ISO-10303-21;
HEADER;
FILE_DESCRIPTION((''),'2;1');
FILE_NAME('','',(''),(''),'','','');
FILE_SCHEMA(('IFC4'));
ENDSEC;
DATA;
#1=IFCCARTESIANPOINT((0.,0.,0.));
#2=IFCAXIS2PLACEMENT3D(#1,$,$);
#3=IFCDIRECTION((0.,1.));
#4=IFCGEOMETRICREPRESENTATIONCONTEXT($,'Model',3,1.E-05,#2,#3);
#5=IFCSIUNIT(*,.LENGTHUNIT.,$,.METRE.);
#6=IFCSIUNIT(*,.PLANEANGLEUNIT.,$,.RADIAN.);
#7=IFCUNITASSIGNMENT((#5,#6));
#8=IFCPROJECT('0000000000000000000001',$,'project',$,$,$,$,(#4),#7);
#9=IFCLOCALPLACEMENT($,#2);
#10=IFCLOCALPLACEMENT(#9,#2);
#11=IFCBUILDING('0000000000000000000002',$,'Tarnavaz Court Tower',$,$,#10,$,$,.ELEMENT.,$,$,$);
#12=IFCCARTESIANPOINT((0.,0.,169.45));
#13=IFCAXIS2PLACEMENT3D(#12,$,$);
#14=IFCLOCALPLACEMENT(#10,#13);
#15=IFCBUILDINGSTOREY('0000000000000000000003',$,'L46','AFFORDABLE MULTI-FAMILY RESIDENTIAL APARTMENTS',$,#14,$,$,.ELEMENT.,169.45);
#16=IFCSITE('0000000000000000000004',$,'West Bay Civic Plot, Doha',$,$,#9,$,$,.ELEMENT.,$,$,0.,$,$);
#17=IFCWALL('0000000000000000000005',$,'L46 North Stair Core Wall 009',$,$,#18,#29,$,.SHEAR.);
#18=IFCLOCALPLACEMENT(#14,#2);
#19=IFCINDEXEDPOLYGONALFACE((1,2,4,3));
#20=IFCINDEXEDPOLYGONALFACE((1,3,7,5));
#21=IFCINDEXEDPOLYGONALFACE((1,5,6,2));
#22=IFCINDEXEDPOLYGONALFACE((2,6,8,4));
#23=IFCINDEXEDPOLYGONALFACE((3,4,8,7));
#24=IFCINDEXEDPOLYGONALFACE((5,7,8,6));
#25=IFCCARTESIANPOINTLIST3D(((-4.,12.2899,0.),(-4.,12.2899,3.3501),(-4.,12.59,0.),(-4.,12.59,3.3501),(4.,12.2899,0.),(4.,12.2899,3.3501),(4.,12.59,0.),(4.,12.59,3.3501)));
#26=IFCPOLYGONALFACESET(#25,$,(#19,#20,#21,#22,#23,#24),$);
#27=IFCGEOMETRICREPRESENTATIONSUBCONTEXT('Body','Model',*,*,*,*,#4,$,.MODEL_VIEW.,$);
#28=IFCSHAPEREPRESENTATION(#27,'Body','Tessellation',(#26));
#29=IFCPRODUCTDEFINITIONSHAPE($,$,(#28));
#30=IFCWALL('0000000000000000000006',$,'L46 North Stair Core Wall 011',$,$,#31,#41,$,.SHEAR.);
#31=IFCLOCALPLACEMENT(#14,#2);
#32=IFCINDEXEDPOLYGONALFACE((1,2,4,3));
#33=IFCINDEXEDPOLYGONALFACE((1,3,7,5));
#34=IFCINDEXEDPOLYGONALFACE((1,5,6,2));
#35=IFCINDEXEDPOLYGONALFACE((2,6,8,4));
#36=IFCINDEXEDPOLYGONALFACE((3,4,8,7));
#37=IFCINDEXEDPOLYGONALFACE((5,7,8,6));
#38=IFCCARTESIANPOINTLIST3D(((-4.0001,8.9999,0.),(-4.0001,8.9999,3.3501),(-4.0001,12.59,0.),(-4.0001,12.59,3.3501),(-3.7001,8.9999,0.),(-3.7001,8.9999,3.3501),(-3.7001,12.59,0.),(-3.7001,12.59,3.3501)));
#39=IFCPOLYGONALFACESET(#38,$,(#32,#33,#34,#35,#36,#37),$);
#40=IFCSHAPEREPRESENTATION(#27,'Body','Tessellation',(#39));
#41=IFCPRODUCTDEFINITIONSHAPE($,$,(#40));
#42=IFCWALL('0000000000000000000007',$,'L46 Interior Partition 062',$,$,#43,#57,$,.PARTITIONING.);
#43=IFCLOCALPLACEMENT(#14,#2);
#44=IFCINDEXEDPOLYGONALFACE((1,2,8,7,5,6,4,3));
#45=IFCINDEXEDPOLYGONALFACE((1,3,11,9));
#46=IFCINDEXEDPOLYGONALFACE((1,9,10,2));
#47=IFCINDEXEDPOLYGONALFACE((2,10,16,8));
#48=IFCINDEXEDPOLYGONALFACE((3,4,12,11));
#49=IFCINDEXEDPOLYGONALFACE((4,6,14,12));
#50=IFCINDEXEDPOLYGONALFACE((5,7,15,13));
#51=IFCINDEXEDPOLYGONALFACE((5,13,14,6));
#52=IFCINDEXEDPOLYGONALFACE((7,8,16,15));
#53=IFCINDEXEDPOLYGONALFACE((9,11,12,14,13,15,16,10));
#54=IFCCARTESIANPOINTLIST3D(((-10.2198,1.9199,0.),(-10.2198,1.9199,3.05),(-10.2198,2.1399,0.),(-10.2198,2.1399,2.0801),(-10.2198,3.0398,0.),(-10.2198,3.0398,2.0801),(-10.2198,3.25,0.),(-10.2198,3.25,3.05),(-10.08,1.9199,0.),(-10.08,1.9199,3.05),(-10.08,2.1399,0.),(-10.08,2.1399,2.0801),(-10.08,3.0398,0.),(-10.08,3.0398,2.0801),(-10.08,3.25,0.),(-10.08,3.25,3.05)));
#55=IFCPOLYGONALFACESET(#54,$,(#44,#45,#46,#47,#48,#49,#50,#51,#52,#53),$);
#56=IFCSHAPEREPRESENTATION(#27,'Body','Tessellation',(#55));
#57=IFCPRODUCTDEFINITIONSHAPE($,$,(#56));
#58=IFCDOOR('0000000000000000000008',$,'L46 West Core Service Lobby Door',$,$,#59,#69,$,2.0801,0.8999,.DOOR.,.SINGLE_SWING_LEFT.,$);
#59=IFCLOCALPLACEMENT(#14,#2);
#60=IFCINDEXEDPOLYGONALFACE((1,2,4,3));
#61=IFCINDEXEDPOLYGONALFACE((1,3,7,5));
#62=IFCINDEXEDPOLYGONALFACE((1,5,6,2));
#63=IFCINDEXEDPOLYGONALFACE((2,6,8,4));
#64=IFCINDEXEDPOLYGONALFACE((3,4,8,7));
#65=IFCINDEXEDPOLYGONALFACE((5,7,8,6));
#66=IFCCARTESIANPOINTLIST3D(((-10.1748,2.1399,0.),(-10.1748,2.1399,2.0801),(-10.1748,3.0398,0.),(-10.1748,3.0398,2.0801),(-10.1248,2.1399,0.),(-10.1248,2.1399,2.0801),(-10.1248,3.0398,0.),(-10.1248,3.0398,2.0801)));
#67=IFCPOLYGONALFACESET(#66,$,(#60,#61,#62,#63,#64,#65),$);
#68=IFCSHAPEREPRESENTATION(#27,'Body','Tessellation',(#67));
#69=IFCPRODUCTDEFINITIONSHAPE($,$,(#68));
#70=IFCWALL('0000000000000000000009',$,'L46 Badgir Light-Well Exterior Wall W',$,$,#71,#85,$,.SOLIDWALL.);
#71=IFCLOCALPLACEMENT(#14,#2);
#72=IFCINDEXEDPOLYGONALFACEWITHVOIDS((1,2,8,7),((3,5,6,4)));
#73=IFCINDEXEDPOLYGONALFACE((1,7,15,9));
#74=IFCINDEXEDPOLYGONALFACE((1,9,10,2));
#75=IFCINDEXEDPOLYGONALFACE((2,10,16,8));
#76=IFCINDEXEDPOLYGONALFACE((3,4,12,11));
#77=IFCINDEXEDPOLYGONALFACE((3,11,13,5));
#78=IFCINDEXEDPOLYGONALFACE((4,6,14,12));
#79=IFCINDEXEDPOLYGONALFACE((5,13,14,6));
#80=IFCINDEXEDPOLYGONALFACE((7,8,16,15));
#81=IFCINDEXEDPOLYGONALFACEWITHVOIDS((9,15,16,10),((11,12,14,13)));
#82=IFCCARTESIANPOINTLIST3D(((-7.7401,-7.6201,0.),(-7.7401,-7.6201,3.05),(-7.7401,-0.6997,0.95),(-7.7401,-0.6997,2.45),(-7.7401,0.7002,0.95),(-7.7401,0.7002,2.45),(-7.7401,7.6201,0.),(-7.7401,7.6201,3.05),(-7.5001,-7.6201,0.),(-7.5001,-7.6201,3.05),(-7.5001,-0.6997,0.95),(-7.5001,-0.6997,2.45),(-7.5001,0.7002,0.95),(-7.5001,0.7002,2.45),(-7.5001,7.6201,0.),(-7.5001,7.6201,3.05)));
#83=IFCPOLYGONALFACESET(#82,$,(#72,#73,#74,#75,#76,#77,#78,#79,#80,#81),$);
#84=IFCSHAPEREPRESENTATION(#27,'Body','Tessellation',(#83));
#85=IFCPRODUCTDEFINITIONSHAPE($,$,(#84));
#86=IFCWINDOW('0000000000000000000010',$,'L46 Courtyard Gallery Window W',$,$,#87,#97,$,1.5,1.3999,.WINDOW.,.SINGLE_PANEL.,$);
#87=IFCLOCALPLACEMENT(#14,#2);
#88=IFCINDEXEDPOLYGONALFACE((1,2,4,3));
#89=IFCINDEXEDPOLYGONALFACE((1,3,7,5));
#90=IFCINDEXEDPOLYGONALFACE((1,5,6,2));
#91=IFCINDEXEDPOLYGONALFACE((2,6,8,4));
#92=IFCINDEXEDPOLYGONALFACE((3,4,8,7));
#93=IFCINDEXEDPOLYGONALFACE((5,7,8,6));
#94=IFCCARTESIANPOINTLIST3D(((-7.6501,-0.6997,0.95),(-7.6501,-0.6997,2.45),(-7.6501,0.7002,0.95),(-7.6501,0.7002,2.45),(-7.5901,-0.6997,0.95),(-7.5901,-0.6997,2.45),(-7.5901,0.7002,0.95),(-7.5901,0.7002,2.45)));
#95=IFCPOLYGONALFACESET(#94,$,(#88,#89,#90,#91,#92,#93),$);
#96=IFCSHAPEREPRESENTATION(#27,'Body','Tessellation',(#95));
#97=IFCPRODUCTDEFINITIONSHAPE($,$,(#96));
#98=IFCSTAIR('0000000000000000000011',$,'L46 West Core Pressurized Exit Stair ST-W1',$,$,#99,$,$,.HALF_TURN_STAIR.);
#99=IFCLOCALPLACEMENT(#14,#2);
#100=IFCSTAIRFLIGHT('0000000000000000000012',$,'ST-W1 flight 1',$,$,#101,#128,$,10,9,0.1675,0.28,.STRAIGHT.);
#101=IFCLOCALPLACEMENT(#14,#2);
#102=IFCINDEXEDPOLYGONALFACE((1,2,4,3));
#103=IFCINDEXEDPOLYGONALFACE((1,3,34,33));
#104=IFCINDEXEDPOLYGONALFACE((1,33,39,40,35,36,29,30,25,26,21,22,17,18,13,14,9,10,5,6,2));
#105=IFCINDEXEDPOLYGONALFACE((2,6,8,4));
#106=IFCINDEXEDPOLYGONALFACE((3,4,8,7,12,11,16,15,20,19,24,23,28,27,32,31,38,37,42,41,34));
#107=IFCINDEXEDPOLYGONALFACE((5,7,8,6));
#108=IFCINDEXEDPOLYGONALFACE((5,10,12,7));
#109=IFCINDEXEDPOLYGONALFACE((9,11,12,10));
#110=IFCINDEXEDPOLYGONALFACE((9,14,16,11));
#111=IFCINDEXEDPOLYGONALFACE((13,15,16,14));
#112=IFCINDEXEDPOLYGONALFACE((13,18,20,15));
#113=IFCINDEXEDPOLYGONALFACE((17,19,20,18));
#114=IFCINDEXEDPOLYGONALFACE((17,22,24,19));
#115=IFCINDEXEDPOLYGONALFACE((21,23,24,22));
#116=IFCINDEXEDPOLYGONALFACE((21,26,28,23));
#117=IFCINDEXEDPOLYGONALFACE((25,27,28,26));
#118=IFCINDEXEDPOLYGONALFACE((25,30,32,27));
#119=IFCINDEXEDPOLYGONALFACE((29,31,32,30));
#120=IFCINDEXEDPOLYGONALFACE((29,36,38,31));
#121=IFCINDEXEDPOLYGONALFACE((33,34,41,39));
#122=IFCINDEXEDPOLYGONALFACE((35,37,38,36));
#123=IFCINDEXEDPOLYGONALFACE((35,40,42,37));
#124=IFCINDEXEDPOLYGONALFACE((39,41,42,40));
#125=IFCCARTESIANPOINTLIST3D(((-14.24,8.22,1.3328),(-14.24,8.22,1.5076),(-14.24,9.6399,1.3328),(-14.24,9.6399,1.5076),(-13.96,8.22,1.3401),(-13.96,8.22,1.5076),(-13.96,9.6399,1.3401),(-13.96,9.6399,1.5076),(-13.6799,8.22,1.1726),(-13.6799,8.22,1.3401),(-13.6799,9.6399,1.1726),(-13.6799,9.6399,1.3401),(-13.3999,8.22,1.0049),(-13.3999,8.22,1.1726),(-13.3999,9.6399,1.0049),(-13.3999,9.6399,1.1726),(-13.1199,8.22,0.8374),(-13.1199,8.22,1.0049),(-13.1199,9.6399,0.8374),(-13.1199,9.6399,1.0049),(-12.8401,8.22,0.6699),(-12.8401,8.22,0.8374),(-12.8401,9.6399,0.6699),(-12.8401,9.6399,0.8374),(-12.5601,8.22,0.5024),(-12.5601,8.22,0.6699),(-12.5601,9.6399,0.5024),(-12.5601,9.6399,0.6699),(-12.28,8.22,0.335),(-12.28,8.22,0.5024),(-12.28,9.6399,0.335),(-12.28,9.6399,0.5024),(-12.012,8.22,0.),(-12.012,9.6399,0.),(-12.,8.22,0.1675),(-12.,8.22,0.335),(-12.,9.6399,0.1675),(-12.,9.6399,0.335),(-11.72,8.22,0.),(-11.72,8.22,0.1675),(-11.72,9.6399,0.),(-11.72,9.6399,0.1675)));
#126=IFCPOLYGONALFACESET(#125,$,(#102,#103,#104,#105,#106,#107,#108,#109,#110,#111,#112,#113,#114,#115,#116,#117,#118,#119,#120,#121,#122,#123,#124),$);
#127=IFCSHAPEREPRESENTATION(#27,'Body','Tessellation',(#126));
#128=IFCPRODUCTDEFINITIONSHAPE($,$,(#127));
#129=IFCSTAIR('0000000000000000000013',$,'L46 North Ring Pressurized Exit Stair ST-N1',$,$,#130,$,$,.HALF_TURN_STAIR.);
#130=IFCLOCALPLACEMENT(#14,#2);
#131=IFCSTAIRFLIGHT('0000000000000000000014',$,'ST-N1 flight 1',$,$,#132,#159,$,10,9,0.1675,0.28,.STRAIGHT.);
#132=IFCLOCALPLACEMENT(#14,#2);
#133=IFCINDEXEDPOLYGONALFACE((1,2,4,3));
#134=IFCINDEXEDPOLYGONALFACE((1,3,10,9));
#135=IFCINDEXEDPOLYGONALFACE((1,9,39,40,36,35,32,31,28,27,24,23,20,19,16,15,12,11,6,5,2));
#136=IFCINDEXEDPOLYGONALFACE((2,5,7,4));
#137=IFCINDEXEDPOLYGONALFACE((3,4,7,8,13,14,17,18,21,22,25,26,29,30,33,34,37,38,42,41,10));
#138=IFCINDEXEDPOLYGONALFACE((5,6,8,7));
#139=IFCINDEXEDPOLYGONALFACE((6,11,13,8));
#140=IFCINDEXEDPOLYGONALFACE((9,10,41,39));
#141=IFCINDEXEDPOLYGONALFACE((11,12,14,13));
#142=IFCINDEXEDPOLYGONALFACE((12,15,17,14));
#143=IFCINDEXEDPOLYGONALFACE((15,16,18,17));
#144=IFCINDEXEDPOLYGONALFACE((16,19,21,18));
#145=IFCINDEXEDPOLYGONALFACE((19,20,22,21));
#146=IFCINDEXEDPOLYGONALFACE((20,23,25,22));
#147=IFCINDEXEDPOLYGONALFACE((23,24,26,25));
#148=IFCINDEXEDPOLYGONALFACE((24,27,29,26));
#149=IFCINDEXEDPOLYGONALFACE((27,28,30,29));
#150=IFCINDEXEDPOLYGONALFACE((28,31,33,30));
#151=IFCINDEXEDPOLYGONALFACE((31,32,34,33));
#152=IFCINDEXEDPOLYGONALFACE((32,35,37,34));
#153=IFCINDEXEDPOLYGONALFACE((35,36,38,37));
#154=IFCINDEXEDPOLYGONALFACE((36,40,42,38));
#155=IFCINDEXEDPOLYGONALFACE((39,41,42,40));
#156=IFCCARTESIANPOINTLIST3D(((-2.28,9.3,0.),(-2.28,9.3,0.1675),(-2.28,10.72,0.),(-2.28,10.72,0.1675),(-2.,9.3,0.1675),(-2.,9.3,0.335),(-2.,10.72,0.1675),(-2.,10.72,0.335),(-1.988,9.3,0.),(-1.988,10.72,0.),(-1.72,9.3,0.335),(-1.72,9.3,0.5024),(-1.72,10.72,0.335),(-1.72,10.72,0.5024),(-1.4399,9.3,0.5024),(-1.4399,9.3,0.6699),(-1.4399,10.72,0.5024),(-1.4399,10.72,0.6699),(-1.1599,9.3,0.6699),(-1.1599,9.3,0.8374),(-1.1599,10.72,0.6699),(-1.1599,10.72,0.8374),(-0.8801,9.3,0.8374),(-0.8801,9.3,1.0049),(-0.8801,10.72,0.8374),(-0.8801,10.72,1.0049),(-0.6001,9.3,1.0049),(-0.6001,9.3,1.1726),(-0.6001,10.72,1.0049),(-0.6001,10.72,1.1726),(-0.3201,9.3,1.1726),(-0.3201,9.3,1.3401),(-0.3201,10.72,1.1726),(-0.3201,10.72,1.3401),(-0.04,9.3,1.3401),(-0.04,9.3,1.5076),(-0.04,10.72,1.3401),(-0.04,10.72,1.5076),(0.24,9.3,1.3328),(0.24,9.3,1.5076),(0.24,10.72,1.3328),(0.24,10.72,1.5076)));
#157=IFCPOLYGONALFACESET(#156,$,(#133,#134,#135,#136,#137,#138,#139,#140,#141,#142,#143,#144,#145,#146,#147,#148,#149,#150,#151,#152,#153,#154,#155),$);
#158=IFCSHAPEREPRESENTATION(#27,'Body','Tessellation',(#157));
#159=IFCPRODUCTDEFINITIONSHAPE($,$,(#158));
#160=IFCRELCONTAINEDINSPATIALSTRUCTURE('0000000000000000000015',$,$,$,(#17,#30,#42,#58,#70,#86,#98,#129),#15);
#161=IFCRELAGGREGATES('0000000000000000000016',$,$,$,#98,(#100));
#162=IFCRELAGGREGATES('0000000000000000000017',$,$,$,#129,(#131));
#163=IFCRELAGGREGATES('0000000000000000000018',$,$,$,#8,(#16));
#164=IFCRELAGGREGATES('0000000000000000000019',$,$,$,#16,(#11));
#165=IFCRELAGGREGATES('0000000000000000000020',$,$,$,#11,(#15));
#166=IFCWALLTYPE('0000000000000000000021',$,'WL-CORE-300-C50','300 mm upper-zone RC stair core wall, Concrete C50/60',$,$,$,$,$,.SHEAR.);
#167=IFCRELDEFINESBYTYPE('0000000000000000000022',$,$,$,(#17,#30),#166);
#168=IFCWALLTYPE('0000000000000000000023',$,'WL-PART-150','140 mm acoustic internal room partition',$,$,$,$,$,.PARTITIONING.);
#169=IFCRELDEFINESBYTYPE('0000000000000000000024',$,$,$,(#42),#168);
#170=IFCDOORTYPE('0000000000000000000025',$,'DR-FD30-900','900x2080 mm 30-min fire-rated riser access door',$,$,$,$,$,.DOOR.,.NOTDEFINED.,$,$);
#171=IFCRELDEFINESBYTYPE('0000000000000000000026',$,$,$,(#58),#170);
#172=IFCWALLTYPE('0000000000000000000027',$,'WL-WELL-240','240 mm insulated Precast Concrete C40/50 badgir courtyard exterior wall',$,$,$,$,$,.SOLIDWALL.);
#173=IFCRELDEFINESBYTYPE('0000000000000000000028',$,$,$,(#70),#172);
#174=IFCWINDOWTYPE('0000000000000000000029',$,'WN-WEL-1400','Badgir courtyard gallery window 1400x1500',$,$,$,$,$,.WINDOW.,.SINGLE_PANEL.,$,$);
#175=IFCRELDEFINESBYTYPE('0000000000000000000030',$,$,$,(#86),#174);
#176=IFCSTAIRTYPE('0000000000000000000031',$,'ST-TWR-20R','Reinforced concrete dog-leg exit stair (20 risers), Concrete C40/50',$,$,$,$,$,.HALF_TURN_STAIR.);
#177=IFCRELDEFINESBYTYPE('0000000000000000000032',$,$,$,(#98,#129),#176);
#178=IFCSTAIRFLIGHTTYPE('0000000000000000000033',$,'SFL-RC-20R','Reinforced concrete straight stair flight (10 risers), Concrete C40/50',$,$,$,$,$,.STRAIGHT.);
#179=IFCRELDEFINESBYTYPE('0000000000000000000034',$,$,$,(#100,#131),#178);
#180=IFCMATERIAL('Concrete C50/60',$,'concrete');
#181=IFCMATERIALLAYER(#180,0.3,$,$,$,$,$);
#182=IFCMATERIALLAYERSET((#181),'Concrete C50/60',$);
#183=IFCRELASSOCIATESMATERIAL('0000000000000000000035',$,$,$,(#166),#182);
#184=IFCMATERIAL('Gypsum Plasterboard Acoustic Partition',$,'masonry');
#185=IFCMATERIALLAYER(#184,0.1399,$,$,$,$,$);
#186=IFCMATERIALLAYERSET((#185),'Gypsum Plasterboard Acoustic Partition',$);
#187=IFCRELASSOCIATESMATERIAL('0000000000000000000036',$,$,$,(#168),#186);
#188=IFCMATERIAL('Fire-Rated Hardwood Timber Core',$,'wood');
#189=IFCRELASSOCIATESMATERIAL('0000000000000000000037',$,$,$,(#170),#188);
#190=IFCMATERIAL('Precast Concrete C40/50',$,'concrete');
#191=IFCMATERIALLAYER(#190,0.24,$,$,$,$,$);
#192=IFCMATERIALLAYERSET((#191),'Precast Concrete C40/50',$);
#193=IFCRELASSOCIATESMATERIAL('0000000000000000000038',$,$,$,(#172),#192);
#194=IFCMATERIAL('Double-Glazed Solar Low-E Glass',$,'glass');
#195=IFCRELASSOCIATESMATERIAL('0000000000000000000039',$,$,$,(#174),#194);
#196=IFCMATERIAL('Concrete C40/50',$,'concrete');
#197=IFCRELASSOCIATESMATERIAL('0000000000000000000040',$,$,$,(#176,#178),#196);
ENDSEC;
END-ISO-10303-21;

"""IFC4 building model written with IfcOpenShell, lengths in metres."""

from ifc_helpers import new_model, si_unit, direction, frame, frame_2d, origin, place, context, subcontext, project, spatial, polyline, rectangle, outline, extrude, material, layer, layer_set, type_object, element, fill, aggregate, save


model = new_model("IFC4")

# Units and contexts
model_context = context("Model", 3, precision=1e-05, world=origin(), true_north=direction((0.0, 1.0)))
body_context = subcontext(model_context, "Body", "Model", "MODEL_VIEW")
ifc_project = project(units=[si_unit("LENGTHUNIT", "METRE"), si_unit("PLANEANGLEUNIT", "RADIAN")], contexts=[model_context])

# Site, building, storey
site_placement = place(None, origin())
site = spatial("IfcSite", under=ifc_project, at=site_placement, Name="West Bay Civic Plot, Doha", CompositionType="ELEMENT", RefElevation=0.0)
building_placement = place(site_placement, origin())
building = spatial("IfcBuilding", under=site, at=building_placement, Name="Tarnavaz Court Tower", CompositionType="ELEMENT")
storey_placement = place(building_placement, frame((0.0, 0.0, 169.45)))
storey = spatial("IfcBuildingStorey", under=building, at=storey_placement, Name="L46", Description="AFFORDABLE MULTI-FAMILY RESIDENTIAL APARTMENTS", CompositionType="ELEMENT", Elevation=169.45)

# Wall
ifc_material_1 = material(Name="Concrete C50/60", Category="concrete")
ifc_layer_1 = layer(ifc_material_1, 0.3)
ifc_layer_set_1 = layer_set([ifc_layer_1], Name="Concrete C50/60")
wall_type_1 = type_object("IfcWallType", Name="WL-CORE-300-C50", Description="300 mm upper-zone RC stair core wall, Concrete C50/60", PredefinedType="SHEAR", material=ifc_layer_set_1)
wall_1_placement = place(storey_placement, frame((-4.0, 12.4399, 0.0), z_axis=(0.0, 0.0, 1.0), x_axis=(1.0, 0.0, 0.0)))
element("IfcWall", 1, at=wall_1_placement, inside=storey, type_object=wall_type_1, Name="L46 North Stair Core Wall 009", PredefinedType="SHEAR", context=body_context, shape_type="SweptSolid", body=[
    extrude(rectangle(XDim=8.0, YDim=0.3, at=frame_2d((4.0, 0.0))), origin(), (0.0, 0.0, 1.0), 3.3501),
])

# Shared definitions
ifc_material_2 = material(Name="Fire-Rated Hardwood Timber Core", Category="wood")

# Wall
wall_2_placement = place(storey_placement, frame((-3.8501, 9.0, 0.0), z_axis=(0.0, 0.0, 1.0), x_axis=(0.0, 1.0, 0.0)))
element("IfcWall", 2, at=wall_2_placement, inside=storey, type_object=wall_type_1, Name="L46 North Stair Core Wall 011", PredefinedType="SHEAR", context=body_context, shape_type="SweptSolid", body=[
    extrude(rectangle(XDim=3.5901, YDim=0.3, at=frame_2d((1.7949, 0.0))), origin(), (0.0, 0.0, 1.0), 3.3501),
])

# Wall, opening, door
ifc_material_3 = material(Name="Gypsum Plasterboard Acoustic Partition", Category="masonry")
ifc_layer_2 = layer(ifc_material_3, 0.1399)
ifc_layer_set_2 = layer_set([ifc_layer_2], Name="Gypsum Plasterboard Acoustic Partition")
wall_type_2 = type_object("IfcWallType", Name="WL-PART-150", Description="140 mm acoustic internal room partition", PredefinedType="PARTITIONING", material=ifc_layer_set_2)
wall_3_placement = place(storey_placement, frame((-10.1499, 1.9199, 0.0), z_axis=(0.0, 0.0, 1.0), x_axis=(0.0, 1.0, 0.0)))
wall_3 = element("IfcWall", 3, at=wall_3_placement, inside=storey, type_object=wall_type_2, Name="L46 Interior Partition 062", PredefinedType="PARTITIONING", context=body_context, shape_type="SweptSolid", body=[
    extrude(rectangle(XDim=1.3301, YDim=0.1399, at=frame_2d((0.665, 0.0))), origin(), (0.0, 0.0, 1.0), 3.05),
])
opening_1_placement = place(wall_3_placement, frame((0.22, 0.0, 0.0)))
opening_1 = element("IfcOpeningElement", 4, at=opening_1_placement, cuts=wall_3, PredefinedType="OPENING", context=body_context, shape_type="SweptSolid", body=[
    extrude(rectangle(XDim=0.8999, YDim=2.0801, at=frame_2d((0.45, 1.04))), frame((0.0, 0.0798, 0.0), z_axis=(0.0, -1.0, 0.0), x_axis=(1.0, 0.0, 0.0)), (0.0, 0.0, 1.0), 0.1599),
])
door_type_1 = type_object("IfcDoorType", Name="DR-FD30-900", Description="900x2080 mm 30-min fire-rated riser access door", OperationType="NOTDEFINED", PredefinedType="DOOR", material=ifc_material_2)
door_1_placement = place(opening_1_placement, origin())
door_1 = element("IfcDoor", 5, at=door_1_placement, inside=storey, type_object=door_type_1, Name="L46 West Core Service Lobby Door", OperationType="SINGLE_SWING_LEFT", OverallHeight=2.0801, OverallWidth=0.8999, PredefinedType="DOOR", context=body_context, shape_type="SweptSolid", body=[
    extrude(rectangle(XDim=0.8999, YDim=2.0801, at=frame_2d((0.45, 1.04))), frame((0.0, 0.0249, 0.0), z_axis=(0.0, -1.0, 0.0), x_axis=(1.0, 0.0, 0.0)), (0.0, 0.0, 1.0), 0.05),
])
fill(opening_1, door_1)

# Wall, opening, window
ifc_material_4 = material(Name="Precast Concrete C40/50", Category="concrete")
ifc_layer_3 = layer(ifc_material_4, 0.24)
ifc_layer_set_3 = layer_set([ifc_layer_3], Name="Precast Concrete C40/50")
wall_type_3 = type_object("IfcWallType", Name="WL-WELL-240", Description="240 mm insulated Precast Concrete C40/50 badgir courtyard exterior wall", PredefinedType="SOLIDWALL", material=ifc_layer_set_3)
wall_4_placement = place(storey_placement, frame((-7.6201, 7.6201, 0.0), z_axis=(0.0, 0.0, 1.0), x_axis=(0.0, -1.0, 0.0)))
wall_4 = element("IfcWall", 6, at=wall_4_placement, inside=storey, type_object=wall_type_3, Name="L46 Badgir Light-Well Exterior Wall W", PredefinedType="SOLIDWALL", context=body_context, shape_type="SweptSolid", body=[
    extrude(rectangle(XDim=15.2402, YDim=0.24, at=frame_2d((7.6201, 0.0))), origin(), (0.0, 0.0, 1.0), 3.05),
])
opening_2_placement = place(wall_4_placement, frame((6.9199, 0.0, 0.95)))
opening_2 = element("IfcOpeningElement", 7, at=opening_2_placement, cuts=wall_4, PredefinedType="OPENING", context=body_context, shape_type="SweptSolid", body=[
    extrude(rectangle(XDim=1.3999, YDim=1.5, at=frame_2d((0.7, 0.75))), frame((0.0, 0.1299, 0.0), z_axis=(0.0, -1.0, 0.0), x_axis=(1.0, 0.0, 0.0)), (0.0, 0.0, 1.0), 0.26),
])
ifc_material_5 = material(Name="Double-Glazed Solar Low-E Glass", Category="glass")
window_type = type_object("IfcWindowType", Name="WN-WEL-1400", Description="Badgir courtyard gallery window 1400x1500", PartitioningType="SINGLE_PANEL", PredefinedType="WINDOW", material=ifc_material_5)
window_placement = place(opening_2_placement, origin())
window = element("IfcWindow", 8, at=window_placement, inside=storey, type_object=window_type, Name="L46 Courtyard Gallery Window W", OverallHeight=1.5, OverallWidth=1.3999, PartitioningType="SINGLE_PANEL", PredefinedType="WINDOW", context=body_context, shape_type="SweptSolid", body=[
    extrude(rectangle(XDim=1.3999, YDim=1.5, at=frame_2d((0.7, 0.75))), frame((0.0, 0.03, 0.0), z_axis=(0.0, -1.0, 0.0), x_axis=(1.0, 0.0, 0.0)), (0.0, 0.0, 1.0), 0.0601),
])
fill(opening_2, window)

# Stairs, stair flights
ifc_material_6 = material(Name="Concrete C40/50", Category="concrete")
stair_type = type_object("IfcStairType", Name="ST-TWR-20R", Description="Reinforced concrete dog-leg exit stair (20 risers), Concrete C40/50", PredefinedType="HALF_TURN_STAIR", material=ifc_material_6)
stair_1_placement = place(storey_placement, origin())
stair_1 = element("IfcStair", 9, at=stair_1_placement, inside=storey, type_object=stair_type, Name="L46 West Core Pressurized Exit Stair ST-W1", PredefinedType="HALF_TURN_STAIR")
stair_flight_type = type_object("IfcStairFlightType", Name="SFL-RC-20R", Description="Reinforced concrete straight stair flight (10 risers), Concrete C40/50", PredefinedType="STRAIGHT", material=ifc_material_6)
stair_flight_1_placement = place(storey_placement, frame((-11.72, 8.9299, 0.0), z_axis=(0.0, 0.0, 1.0), x_axis=(-1.0, 0.0, 0.0)))
stair_flight_1 = element("IfcStairFlight", 10, at=stair_flight_1_placement, type_object=stair_flight_type, Name="ST-W1 flight 1", NumberOfRisers=10, NumberOfTreads=9, PredefinedType="STRAIGHT", RiserHeight=0.1675, TreadLength=0.28, context=body_context, shape_type="SweptSolid", body=[
    extrude(outline(polyline([(0.0, 0.0), (0.0, 0.1675), (0.28, 0.1675), (0.28, 0.335), (0.5601, 0.335), (0.5601, 0.5024), (0.8401, 0.5024), (0.8401, 0.6699), (1.1201, 0.6699), (1.1201, 0.8374), (1.3999, 0.8374), (1.3999, 1.0049), (1.6799, 1.0049), (1.6799, 1.1726), (1.96, 1.1726), (1.96, 1.3401), (2.24, 1.3401), (2.24, 1.5076), (2.52, 1.5076), (2.52, 1.675), (2.52, 1.3328), (0.292, 0.0), (0.0, 0.0)])), frame((0.0, 0.71, 0.0), z_axis=(0.0, -1.0, 0.0), x_axis=(1.0, 0.0, 0.0)), (0.0, 0.0, 1.0), 1.4199),
])
aggregate(stair_1, [stair_flight_1])
stair_2_placement = place(storey_placement, origin())
stair_2 = element("IfcStair", 11, at=stair_2_placement, inside=storey, type_object=stair_type, Name="L46 North Ring Pressurized Exit Stair ST-N1", PredefinedType="HALF_TURN_STAIR")
stair_flight_2_placement = place(storey_placement, frame((-2.28, 10.01, 0.0), z_axis=(0.0, 0.0, 1.0), x_axis=(1.0, 0.0, 0.0)))
stair_flight_2 = element("IfcStairFlight", 12, at=stair_flight_2_placement, type_object=stair_flight_type, Name="ST-N1 flight 1", NumberOfRisers=10, NumberOfTreads=9, PredefinedType="STRAIGHT", RiserHeight=0.1675, TreadLength=0.28, context=body_context, shape_type="SweptSolid", body=[
    extrude(outline(polyline([(0.0, 0.0), (0.0, 0.1675), (0.28, 0.1675), (0.28, 0.335), (0.5601, 0.335), (0.5601, 0.5024), (0.8401, 0.5024), (0.8401, 0.6699), (1.1201, 0.6699), (1.1201, 0.8374), (1.3999, 0.8374), (1.3999, 1.0049), (1.6799, 1.0049), (1.6799, 1.1726), (1.96, 1.1726), (1.96, 1.3401), (2.24, 1.3401), (2.24, 1.5076), (2.52, 1.5076), (2.52, 1.675), (2.52, 1.3328), (0.292, 0.0), (0.0, 0.0)])), frame((0.0, 0.71, 0.0), z_axis=(0.0, -1.0, 0.0), x_axis=(1.0, 0.0, 0.0)), (0.0, 0.0, 1.0), 1.4199),
])
aggregate(stair_2, [stair_flight_2])

save(model, "model.ifc")
